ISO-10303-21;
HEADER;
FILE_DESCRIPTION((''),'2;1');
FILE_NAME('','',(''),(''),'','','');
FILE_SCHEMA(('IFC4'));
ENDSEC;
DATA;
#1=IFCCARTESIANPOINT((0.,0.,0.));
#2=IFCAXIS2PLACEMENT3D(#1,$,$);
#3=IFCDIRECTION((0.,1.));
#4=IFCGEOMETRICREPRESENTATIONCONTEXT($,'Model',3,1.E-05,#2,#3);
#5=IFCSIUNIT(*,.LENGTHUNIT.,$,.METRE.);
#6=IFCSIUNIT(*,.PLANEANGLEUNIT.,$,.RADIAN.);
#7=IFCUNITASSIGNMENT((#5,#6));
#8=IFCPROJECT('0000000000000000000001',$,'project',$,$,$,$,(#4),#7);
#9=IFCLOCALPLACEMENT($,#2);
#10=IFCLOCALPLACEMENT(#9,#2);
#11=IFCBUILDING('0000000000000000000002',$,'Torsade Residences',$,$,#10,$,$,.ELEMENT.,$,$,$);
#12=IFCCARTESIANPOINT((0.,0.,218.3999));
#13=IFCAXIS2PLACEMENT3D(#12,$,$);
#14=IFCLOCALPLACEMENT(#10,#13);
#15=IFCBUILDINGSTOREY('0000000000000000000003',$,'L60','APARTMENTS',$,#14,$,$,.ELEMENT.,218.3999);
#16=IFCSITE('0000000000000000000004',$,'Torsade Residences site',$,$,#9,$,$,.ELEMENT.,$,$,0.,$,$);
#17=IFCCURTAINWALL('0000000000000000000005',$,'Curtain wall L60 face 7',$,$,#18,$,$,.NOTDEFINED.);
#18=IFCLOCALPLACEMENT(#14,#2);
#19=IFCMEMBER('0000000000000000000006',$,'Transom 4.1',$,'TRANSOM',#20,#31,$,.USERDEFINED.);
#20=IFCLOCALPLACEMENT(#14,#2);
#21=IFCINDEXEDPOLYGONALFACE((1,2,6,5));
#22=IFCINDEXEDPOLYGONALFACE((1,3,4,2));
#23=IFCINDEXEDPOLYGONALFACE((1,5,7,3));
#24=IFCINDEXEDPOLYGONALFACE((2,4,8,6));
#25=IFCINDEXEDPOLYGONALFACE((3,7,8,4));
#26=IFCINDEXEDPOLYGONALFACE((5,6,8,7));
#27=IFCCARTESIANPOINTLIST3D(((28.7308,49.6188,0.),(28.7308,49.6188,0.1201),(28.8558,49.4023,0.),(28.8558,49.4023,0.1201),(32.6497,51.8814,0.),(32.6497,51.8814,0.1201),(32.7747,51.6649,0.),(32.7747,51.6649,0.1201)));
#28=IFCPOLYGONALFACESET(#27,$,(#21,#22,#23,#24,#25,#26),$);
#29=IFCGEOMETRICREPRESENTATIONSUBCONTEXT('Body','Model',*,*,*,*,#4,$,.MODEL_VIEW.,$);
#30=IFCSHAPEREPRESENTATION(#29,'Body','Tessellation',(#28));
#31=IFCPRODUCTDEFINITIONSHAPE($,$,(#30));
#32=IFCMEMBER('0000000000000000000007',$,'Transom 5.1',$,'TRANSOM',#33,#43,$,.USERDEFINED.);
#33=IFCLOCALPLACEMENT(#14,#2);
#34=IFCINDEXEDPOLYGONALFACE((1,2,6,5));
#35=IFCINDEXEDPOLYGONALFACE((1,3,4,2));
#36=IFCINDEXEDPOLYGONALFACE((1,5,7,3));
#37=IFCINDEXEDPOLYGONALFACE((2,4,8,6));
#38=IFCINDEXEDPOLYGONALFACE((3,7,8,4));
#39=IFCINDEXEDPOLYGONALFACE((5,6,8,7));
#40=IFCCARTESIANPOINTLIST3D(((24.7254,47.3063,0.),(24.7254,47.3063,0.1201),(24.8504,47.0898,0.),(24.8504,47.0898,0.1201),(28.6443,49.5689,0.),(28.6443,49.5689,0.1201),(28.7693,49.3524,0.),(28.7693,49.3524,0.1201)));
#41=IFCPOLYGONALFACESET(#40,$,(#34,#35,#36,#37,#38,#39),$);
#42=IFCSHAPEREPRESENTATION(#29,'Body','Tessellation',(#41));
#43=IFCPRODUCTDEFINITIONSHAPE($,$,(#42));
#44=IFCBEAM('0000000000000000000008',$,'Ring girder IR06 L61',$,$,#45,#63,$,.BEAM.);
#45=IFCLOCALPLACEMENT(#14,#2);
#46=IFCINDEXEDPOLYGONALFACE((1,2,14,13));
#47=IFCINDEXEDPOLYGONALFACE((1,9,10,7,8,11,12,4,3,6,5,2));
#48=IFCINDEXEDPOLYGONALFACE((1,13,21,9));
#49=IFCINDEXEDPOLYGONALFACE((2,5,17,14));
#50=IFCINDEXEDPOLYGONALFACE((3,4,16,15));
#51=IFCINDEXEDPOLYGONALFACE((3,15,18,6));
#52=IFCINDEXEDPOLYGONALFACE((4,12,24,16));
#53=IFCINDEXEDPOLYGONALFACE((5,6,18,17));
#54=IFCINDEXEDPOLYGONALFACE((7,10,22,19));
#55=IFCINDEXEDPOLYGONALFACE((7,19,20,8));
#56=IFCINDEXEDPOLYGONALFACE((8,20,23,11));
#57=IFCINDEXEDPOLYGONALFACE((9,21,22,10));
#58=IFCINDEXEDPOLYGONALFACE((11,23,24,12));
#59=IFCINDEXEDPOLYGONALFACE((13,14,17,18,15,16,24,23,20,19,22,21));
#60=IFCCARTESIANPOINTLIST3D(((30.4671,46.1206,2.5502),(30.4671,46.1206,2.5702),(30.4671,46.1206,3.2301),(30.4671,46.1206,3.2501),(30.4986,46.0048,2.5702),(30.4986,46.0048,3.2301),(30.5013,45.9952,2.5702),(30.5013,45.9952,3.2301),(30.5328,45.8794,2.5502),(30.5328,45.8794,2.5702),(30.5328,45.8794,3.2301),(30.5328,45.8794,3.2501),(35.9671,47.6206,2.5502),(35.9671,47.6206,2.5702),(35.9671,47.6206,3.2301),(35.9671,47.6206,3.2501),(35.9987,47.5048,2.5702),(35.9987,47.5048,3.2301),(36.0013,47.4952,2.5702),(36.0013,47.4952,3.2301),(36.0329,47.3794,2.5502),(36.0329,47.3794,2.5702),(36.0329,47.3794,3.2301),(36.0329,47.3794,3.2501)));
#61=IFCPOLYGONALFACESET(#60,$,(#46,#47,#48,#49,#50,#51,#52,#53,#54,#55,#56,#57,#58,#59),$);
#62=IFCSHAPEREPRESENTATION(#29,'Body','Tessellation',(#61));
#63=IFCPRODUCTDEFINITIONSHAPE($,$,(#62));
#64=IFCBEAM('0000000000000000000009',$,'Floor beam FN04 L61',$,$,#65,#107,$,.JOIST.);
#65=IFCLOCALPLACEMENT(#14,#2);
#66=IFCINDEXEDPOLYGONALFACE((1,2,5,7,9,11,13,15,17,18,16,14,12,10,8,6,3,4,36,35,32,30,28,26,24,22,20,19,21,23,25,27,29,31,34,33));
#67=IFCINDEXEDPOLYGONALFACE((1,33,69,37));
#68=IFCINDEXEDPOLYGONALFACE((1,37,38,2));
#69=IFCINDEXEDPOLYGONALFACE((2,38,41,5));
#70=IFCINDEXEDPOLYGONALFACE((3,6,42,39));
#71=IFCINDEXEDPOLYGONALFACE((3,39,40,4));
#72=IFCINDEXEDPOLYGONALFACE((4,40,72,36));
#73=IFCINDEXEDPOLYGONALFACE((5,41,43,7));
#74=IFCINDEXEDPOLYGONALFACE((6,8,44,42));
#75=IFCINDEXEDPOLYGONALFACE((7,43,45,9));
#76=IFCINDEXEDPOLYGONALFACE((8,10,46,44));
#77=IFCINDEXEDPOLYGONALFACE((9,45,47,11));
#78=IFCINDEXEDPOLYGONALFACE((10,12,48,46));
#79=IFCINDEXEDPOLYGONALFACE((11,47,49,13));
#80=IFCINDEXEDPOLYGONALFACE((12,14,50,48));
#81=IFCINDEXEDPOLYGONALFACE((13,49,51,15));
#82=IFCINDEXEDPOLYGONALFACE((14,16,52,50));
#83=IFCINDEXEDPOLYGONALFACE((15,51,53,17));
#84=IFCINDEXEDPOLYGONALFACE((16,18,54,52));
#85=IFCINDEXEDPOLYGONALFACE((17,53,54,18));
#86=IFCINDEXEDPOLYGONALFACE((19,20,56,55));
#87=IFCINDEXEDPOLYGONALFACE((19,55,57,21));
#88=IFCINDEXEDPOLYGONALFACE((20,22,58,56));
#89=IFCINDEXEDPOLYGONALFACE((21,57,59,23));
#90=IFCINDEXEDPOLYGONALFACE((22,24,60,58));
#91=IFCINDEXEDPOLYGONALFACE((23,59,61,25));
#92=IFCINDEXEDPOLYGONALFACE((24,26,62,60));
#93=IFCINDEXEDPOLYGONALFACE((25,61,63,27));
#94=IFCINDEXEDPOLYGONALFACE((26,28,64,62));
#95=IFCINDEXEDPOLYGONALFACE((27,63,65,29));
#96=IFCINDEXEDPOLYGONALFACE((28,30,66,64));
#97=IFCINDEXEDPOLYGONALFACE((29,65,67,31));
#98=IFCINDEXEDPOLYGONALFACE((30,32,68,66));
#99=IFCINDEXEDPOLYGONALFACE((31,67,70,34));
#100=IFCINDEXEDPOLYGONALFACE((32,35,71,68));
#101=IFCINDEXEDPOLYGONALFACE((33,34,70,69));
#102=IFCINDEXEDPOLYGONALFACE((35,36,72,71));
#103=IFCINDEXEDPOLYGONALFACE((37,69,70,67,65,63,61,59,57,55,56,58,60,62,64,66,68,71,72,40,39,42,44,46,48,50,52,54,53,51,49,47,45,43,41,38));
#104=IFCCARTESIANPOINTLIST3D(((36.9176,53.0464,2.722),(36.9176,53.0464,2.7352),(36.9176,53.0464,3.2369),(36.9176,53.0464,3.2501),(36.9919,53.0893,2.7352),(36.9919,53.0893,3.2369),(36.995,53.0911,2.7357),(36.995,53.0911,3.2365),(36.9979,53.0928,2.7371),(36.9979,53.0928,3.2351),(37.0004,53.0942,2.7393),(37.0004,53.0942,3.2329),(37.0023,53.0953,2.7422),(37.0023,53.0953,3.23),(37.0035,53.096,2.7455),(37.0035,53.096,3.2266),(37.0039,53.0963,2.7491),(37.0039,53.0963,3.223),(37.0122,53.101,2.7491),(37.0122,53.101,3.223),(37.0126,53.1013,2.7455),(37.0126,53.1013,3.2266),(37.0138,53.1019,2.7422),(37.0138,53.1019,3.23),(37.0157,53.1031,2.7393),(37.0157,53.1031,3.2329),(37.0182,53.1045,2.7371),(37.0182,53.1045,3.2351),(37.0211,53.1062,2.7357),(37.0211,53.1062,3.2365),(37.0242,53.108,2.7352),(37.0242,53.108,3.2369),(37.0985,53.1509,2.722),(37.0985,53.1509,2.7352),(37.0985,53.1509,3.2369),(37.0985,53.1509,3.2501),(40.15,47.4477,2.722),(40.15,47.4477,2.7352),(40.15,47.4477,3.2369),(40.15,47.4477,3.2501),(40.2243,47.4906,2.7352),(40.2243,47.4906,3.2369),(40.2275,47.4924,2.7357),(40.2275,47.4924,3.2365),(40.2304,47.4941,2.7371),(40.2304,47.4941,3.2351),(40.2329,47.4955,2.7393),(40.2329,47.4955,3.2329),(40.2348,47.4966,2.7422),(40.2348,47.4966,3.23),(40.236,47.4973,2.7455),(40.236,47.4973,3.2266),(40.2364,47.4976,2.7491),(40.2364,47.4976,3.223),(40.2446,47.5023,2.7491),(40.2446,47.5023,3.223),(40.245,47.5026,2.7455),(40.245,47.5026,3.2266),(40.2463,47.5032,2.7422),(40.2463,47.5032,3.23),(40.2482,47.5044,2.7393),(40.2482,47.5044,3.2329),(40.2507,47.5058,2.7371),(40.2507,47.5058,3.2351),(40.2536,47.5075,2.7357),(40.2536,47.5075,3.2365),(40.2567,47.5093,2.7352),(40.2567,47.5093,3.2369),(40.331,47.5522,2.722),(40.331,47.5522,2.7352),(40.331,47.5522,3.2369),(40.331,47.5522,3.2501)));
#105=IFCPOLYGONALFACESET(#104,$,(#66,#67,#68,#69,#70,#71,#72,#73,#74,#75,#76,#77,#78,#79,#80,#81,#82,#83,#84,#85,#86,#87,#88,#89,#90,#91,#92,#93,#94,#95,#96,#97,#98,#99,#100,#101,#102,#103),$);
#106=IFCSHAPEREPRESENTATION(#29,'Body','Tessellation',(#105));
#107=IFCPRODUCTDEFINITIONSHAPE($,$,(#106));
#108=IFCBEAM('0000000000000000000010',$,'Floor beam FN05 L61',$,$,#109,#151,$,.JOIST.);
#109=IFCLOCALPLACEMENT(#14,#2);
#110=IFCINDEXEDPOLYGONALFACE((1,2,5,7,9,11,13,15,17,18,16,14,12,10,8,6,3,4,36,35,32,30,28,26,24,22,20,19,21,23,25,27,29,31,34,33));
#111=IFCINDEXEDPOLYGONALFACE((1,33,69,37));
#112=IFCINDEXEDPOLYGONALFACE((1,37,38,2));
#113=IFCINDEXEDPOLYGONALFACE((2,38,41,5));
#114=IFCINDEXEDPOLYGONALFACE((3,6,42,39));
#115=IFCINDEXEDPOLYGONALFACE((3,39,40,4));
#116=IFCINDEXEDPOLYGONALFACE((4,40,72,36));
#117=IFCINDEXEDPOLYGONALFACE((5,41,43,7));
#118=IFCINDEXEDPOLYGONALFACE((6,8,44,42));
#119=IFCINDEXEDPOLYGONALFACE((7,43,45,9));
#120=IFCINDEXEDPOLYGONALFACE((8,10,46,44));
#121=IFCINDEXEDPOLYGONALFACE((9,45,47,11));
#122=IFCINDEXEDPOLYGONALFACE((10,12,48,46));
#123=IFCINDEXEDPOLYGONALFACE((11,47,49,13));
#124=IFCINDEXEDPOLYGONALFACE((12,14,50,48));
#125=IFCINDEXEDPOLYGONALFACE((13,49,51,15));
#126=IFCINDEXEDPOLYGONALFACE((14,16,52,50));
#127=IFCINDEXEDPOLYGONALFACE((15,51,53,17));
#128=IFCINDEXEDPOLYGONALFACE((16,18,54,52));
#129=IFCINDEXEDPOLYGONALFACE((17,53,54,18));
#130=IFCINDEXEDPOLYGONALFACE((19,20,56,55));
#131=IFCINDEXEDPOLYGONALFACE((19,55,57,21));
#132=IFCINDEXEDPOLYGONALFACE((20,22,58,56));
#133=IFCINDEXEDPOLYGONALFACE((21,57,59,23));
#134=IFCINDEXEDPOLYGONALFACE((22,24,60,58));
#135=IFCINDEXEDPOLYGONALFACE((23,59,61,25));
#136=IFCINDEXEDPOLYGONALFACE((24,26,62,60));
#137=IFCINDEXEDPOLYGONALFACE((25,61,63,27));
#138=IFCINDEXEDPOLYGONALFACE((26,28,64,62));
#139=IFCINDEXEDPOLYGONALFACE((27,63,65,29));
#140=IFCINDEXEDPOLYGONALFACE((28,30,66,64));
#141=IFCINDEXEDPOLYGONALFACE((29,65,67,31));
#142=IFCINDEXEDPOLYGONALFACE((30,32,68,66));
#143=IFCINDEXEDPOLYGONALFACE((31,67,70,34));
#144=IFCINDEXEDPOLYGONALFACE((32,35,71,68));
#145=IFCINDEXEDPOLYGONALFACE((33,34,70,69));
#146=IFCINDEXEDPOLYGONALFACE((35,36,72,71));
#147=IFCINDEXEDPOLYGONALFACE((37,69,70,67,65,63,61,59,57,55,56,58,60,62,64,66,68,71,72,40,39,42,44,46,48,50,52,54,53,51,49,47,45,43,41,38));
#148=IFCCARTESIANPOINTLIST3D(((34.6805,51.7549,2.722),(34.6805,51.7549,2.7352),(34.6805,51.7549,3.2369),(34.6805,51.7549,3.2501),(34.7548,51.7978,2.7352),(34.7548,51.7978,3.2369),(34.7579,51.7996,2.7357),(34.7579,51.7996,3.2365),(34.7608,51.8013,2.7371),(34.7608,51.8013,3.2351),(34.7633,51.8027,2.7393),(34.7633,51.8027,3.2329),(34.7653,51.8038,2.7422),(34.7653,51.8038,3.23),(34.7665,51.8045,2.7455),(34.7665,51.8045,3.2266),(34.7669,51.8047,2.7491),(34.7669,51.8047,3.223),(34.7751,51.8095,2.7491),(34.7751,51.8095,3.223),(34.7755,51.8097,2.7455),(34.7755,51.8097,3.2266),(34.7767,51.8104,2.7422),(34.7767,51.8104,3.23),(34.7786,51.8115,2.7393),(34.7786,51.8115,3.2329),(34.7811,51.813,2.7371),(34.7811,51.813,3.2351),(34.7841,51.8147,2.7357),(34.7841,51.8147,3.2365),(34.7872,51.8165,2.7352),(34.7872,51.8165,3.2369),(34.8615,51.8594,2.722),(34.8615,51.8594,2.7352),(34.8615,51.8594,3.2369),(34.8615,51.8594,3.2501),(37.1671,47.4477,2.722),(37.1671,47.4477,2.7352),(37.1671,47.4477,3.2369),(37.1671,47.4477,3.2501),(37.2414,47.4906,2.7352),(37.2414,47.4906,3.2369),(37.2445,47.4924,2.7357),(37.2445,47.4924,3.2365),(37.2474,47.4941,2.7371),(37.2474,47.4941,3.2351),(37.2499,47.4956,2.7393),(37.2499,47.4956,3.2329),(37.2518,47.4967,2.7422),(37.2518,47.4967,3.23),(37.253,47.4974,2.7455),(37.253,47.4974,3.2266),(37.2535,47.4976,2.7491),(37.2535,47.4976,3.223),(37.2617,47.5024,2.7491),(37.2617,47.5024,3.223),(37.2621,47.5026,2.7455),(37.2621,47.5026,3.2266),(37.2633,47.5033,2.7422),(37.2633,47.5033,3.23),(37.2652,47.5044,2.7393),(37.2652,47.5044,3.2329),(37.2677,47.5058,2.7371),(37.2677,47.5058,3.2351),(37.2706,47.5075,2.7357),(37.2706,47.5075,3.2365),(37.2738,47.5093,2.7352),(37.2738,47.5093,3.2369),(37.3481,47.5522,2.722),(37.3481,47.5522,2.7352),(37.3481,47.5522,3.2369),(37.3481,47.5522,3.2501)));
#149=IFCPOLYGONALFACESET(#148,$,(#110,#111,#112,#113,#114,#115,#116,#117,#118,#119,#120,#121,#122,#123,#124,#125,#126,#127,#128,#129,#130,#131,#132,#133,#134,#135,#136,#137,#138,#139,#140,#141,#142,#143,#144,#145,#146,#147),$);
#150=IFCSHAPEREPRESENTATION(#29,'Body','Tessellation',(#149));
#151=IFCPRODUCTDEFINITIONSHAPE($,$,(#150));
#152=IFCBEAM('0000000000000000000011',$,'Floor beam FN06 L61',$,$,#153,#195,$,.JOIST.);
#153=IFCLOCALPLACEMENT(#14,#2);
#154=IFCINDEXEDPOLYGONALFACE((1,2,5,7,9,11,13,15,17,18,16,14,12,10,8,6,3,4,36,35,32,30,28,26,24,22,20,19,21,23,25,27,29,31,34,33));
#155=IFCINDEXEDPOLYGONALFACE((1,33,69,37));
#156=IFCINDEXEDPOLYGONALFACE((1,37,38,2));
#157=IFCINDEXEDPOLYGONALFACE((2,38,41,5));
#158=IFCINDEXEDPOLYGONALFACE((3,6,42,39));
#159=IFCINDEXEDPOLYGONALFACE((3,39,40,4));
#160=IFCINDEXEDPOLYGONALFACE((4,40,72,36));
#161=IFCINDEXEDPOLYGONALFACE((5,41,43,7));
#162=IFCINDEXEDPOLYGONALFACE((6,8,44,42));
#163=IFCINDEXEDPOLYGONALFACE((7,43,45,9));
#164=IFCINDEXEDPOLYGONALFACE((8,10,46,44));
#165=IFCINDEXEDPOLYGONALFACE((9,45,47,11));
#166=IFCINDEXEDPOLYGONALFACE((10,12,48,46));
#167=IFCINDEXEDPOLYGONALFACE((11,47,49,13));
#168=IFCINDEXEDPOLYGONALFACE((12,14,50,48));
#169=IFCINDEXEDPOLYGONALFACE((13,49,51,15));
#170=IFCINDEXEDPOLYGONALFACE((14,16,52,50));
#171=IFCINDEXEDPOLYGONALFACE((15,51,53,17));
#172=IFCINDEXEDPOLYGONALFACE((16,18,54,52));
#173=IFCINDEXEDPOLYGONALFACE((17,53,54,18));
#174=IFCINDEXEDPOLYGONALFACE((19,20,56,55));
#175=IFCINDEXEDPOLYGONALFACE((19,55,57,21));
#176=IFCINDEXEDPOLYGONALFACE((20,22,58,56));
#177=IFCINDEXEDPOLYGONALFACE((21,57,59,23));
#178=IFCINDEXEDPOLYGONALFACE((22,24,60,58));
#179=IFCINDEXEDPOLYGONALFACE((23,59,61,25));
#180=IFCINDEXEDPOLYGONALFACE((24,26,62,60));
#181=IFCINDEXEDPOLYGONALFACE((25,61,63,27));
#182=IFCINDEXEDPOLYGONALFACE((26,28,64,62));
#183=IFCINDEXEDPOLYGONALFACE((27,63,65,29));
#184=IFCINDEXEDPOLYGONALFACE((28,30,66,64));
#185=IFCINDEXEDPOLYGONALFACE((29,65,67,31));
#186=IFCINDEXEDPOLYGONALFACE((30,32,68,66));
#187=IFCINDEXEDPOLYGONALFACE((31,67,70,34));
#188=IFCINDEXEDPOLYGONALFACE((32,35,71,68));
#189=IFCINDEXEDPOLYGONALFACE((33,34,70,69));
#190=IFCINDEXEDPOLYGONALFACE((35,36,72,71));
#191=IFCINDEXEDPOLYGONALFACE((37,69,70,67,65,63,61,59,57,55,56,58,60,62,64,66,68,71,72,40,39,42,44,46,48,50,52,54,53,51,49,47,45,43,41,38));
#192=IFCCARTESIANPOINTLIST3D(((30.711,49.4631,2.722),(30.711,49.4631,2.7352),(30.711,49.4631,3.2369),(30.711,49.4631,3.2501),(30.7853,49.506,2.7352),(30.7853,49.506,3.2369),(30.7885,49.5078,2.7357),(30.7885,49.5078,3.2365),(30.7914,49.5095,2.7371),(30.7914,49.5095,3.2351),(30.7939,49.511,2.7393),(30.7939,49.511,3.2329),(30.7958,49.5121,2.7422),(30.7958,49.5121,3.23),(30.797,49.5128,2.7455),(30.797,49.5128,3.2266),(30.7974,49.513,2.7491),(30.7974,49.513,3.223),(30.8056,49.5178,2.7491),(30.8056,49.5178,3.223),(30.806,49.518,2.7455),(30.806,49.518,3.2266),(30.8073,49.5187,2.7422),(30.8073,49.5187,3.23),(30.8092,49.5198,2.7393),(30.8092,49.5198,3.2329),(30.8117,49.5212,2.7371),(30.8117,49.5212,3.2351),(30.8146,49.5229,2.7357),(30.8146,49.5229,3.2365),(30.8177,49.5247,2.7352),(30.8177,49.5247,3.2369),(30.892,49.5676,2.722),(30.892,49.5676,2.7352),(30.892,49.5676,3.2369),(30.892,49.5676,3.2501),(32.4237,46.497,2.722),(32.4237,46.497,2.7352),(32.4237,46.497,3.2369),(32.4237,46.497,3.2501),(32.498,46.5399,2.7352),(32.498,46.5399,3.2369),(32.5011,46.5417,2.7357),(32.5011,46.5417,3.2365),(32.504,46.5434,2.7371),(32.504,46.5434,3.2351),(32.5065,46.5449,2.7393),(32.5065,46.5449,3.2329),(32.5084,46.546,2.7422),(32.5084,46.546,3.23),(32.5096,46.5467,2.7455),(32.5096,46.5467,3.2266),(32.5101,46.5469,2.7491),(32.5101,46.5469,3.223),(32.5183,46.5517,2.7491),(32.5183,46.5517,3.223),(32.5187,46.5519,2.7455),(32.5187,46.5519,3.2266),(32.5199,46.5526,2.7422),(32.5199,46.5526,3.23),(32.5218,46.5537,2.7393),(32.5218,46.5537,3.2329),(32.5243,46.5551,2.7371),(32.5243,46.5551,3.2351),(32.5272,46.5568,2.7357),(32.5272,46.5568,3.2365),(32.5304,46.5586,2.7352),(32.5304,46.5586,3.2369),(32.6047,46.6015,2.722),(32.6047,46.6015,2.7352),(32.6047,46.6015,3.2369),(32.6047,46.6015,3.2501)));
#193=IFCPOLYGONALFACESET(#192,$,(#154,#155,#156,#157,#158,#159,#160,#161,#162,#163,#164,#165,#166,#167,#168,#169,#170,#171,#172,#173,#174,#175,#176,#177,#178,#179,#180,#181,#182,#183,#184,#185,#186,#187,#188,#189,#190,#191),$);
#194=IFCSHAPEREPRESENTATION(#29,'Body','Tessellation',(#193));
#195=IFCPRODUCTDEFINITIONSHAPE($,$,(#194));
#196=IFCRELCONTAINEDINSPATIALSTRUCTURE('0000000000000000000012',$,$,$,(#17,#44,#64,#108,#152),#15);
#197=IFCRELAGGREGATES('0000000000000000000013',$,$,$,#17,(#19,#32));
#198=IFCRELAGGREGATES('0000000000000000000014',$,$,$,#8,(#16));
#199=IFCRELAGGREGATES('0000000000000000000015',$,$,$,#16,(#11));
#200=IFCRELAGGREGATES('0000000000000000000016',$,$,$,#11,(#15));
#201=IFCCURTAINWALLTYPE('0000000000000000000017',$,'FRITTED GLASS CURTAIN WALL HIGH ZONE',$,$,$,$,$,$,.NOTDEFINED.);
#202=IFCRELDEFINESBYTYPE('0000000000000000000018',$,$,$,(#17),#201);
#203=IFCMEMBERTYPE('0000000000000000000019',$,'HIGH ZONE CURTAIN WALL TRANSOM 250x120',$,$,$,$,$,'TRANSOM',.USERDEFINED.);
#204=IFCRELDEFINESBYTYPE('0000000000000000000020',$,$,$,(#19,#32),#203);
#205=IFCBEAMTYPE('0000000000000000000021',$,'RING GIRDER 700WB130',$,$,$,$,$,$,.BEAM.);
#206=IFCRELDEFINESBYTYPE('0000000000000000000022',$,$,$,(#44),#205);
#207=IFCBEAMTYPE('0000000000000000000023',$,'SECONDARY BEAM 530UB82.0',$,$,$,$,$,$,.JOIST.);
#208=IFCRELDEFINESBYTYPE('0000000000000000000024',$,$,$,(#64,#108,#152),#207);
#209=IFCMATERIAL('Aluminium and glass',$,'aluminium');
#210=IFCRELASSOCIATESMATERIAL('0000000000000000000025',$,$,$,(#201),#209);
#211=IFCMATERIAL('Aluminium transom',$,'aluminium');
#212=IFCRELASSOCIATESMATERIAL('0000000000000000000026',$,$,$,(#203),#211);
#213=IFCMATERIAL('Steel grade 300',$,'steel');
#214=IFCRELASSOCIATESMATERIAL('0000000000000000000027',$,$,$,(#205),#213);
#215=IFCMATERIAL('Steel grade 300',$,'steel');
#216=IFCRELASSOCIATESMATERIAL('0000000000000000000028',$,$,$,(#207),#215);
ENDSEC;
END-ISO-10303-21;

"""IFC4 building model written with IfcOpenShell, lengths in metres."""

from ifc_helpers import new_model, si_unit, direction, frame, origin, origin_2d, place, context, subcontext, project, spatial, rectangle, i_section, extrude, material, material_profile, profile_set, type_object, element, aggregate, save


model = new_model("IFC4")

# Units and contexts
model_context = context("Model", 3, precision=1e-05, world=origin(), true_north=direction((0.0, 1.0)))
body_context = subcontext(model_context, "Body", "Model", "MODEL_VIEW")
ifc_project = project(units=[si_unit("LENGTHUNIT", "METRE"), si_unit("PLANEANGLEUNIT", "RADIAN")], contexts=[model_context])

# Site, building, storey
site_placement = place(None, origin())
site = spatial("IfcSite", under=ifc_project, at=site_placement, Name="Torsade Residences site", CompositionType="ELEMENT", RefElevation=0.0)
building_placement = place(site_placement, origin())
building = spatial("IfcBuilding", under=site, at=building_placement, Name="Torsade Residences", CompositionType="ELEMENT")
storey_placement = place(building_placement, frame((0.0, 0.0, 218.3999)))
storey = spatial("IfcBuildingStorey", under=building, at=storey_placement, Name="L60", Description="APARTMENTS", CompositionType="ELEMENT", Elevation=218.3999)

# Curtain wall, members
ifc_material_1 = material(Name="Aluminium and glass", Category="aluminium")
curtain_wall_type = type_object("IfcCurtainWallType", Name="FRITTED GLASS CURTAIN WALL HIGH ZONE", PredefinedType="NOTDEFINED", material=ifc_material_1)
curtain_wall_placement = place(storey_placement, origin())
curtain_wall = element("IfcCurtainWall", 1, at=curtain_wall_placement, inside=storey, type_object=curtain_wall_type, Name="Curtain wall L60 face 7", PredefinedType="NOTDEFINED")
ifc_material_2 = material(Name="Aluminium transom", Category="aluminium")
ifc_material_profile_1 = material_profile(ifc_material_2, rectangle(XDim=0.25, YDim=0.1201, at=origin_2d()), Name="HIGH ZONE CURTAIN WALL TRANSOM 250x120")
ifc_profile_set_1 = profile_set([ifc_material_profile_1], Name="Aluminium transom")
member_type_1 = type_object("IfcMemberType", Name="HIGH ZONE CURTAIN WALL TRANSOM 250x120", ElementType="TRANSOM", PredefinedType="USERDEFINED", material=ifc_profile_set_1)
member_1_placement = place(storey_placement, frame((32.7122, 51.7732, 0.0601), z_axis=(-0.866017, -0.500015, 0.0), x_axis=(0.500015, -0.866017, 0.0)))
member_1 = element("IfcMember", 2, at=member_1_placement, type_object=member_type_1, Name="Transom 4.1", ObjectType="TRANSOM", PredefinedType="USERDEFINED", context=body_context, shape_type="SweptSolid", body=[
    extrude(rectangle(XDim=0.25, YDim=0.1201, at=origin_2d()), origin(), (0.0, 0.0, 1.0), 4.5251),
])
member_2_placement = place(storey_placement, frame((28.7068, 49.4607, 0.0601), z_axis=(-0.866017, -0.500015, 0.0), x_axis=(0.500015, -0.866017, 0.0)))
member_2 = element("IfcMember", 3, at=member_2_placement, type_object=member_type_1, Name="Transom 5.1", ObjectType="TRANSOM", PredefinedType="USERDEFINED", context=body_context, shape_type="SweptSolid", body=[
    extrude(rectangle(XDim=0.25, YDim=0.1201, at=origin_2d()), origin(), (0.0, 0.0, 1.0), 4.5251),
])

# Beams
ifc_material_3 = material(Name="Steel grade 300", Category="steel")
ifc_material_profile_2 = material_profile(ifc_material_3, i_section(OverallWidth=0.25, OverallDepth=0.7, WebThickness=0.01, FlangeThickness=0.02, at=origin_2d()), Name="700WB130")
ifc_profile_set_2 = profile_set([ifc_material_profile_2], Name="Steel grade 300")
beam_type_1 = type_object("IfcBeamType", Name="RING GIRDER 700WB130", PredefinedType="BEAM", material=ifc_profile_set_2)
beam_1_placement = place(storey_placement, frame((36.0, 47.5, 2.9001), z_axis=(-0.964764, -0.263117, 0.0), x_axis=(0.263117, -0.964764, 0.0)))
element("IfcBeam", 4, at=beam_1_placement, inside=storey, type_object=beam_type_1, Name="Ring girder IR06 L61", PredefinedType="BEAM", context=body_context, shape_type="SweptSolid", body=[
    extrude(i_section(OverallWidth=0.25, OverallDepth=0.7, WebThickness=0.01, FlangeThickness=0.02, at=origin_2d()), origin(), (0.0, 0.0, 1.0), 5.7009),
])
ifc_material_4 = material(Name="Steel grade 300", Category="steel")
ifc_material_profile_3 = material_profile(ifc_material_4, i_section(OverallWidth=0.209, OverallDepth=0.5281, WebThickness=0.0095, FlangeThickness=0.0132, FilletRadius=0.0139, at=origin_2d()), Name="530UB82.0")
ifc_profile_set_3 = profile_set([ifc_material_profile_3], Name="Steel grade 300")
beam_type_2 = type_object("IfcBeamType", Name="SECONDARY BEAM 530UB82.0", PredefinedType="JOIST", material=ifc_profile_set_3)
beam_2_placement = place(storey_placement, frame((37.0081, 53.0986, 2.9861), z_axis=(0.500006, -0.866022, 0.0), x_axis=(0.866022, 0.500006, 0.0)))
element("IfcBeam", 5, at=beam_2_placement, inside=storey, type_object=beam_type_2, Name="Floor beam FN04 L61", PredefinedType="JOIST", context=body_context, shape_type="SweptSolid", body=[
    extrude(i_section(OverallWidth=0.209, OverallDepth=0.5281, WebThickness=0.0095, FlangeThickness=0.0132, FilletRadius=0.0139, at=origin_2d()), origin(), (0.0, 0.0, 1.0), 6.4648),
])
beam_3_placement = place(storey_placement, frame((34.771, 51.8071, 2.9861), z_axis=(0.499977, -0.866038, 0.0), x_axis=(0.866038, 0.499977, 0.0)))
element("IfcBeam", 6, at=beam_3_placement, inside=storey, type_object=beam_type_2, Name="Floor beam FN05 L61", PredefinedType="JOIST", context=body_context, shape_type="SweptSolid", body=[
    extrude(i_section(OverallWidth=0.209, OverallDepth=0.5281, WebThickness=0.0095, FlangeThickness=0.0132, FilletRadius=0.0139, at=origin_2d()), origin(), (0.0, 0.0, 1.0), 4.9734),
])
beam_4_placement = place(storey_placement, frame((30.8015, 49.5154, 2.9861), z_axis=(0.500041, -0.866002, 0.0), x_axis=(0.866002, 0.500041, 0.0)))
element("IfcBeam", 7, at=beam_4_placement, inside=storey, type_object=beam_type_2, Name="Floor beam FN06 L61", PredefinedType="JOIST", context=body_context, shape_type="SweptSolid", body=[
    extrude(i_section(OverallWidth=0.209, OverallDepth=0.5281, WebThickness=0.0095, FlangeThickness=0.0132, FilletRadius=0.0139, at=origin_2d()), origin(), (0.0, 0.0, 1.0), 3.425),
])

aggregate(curtain_wall, [member_1, member_2])

save(model, "model.ifc")
